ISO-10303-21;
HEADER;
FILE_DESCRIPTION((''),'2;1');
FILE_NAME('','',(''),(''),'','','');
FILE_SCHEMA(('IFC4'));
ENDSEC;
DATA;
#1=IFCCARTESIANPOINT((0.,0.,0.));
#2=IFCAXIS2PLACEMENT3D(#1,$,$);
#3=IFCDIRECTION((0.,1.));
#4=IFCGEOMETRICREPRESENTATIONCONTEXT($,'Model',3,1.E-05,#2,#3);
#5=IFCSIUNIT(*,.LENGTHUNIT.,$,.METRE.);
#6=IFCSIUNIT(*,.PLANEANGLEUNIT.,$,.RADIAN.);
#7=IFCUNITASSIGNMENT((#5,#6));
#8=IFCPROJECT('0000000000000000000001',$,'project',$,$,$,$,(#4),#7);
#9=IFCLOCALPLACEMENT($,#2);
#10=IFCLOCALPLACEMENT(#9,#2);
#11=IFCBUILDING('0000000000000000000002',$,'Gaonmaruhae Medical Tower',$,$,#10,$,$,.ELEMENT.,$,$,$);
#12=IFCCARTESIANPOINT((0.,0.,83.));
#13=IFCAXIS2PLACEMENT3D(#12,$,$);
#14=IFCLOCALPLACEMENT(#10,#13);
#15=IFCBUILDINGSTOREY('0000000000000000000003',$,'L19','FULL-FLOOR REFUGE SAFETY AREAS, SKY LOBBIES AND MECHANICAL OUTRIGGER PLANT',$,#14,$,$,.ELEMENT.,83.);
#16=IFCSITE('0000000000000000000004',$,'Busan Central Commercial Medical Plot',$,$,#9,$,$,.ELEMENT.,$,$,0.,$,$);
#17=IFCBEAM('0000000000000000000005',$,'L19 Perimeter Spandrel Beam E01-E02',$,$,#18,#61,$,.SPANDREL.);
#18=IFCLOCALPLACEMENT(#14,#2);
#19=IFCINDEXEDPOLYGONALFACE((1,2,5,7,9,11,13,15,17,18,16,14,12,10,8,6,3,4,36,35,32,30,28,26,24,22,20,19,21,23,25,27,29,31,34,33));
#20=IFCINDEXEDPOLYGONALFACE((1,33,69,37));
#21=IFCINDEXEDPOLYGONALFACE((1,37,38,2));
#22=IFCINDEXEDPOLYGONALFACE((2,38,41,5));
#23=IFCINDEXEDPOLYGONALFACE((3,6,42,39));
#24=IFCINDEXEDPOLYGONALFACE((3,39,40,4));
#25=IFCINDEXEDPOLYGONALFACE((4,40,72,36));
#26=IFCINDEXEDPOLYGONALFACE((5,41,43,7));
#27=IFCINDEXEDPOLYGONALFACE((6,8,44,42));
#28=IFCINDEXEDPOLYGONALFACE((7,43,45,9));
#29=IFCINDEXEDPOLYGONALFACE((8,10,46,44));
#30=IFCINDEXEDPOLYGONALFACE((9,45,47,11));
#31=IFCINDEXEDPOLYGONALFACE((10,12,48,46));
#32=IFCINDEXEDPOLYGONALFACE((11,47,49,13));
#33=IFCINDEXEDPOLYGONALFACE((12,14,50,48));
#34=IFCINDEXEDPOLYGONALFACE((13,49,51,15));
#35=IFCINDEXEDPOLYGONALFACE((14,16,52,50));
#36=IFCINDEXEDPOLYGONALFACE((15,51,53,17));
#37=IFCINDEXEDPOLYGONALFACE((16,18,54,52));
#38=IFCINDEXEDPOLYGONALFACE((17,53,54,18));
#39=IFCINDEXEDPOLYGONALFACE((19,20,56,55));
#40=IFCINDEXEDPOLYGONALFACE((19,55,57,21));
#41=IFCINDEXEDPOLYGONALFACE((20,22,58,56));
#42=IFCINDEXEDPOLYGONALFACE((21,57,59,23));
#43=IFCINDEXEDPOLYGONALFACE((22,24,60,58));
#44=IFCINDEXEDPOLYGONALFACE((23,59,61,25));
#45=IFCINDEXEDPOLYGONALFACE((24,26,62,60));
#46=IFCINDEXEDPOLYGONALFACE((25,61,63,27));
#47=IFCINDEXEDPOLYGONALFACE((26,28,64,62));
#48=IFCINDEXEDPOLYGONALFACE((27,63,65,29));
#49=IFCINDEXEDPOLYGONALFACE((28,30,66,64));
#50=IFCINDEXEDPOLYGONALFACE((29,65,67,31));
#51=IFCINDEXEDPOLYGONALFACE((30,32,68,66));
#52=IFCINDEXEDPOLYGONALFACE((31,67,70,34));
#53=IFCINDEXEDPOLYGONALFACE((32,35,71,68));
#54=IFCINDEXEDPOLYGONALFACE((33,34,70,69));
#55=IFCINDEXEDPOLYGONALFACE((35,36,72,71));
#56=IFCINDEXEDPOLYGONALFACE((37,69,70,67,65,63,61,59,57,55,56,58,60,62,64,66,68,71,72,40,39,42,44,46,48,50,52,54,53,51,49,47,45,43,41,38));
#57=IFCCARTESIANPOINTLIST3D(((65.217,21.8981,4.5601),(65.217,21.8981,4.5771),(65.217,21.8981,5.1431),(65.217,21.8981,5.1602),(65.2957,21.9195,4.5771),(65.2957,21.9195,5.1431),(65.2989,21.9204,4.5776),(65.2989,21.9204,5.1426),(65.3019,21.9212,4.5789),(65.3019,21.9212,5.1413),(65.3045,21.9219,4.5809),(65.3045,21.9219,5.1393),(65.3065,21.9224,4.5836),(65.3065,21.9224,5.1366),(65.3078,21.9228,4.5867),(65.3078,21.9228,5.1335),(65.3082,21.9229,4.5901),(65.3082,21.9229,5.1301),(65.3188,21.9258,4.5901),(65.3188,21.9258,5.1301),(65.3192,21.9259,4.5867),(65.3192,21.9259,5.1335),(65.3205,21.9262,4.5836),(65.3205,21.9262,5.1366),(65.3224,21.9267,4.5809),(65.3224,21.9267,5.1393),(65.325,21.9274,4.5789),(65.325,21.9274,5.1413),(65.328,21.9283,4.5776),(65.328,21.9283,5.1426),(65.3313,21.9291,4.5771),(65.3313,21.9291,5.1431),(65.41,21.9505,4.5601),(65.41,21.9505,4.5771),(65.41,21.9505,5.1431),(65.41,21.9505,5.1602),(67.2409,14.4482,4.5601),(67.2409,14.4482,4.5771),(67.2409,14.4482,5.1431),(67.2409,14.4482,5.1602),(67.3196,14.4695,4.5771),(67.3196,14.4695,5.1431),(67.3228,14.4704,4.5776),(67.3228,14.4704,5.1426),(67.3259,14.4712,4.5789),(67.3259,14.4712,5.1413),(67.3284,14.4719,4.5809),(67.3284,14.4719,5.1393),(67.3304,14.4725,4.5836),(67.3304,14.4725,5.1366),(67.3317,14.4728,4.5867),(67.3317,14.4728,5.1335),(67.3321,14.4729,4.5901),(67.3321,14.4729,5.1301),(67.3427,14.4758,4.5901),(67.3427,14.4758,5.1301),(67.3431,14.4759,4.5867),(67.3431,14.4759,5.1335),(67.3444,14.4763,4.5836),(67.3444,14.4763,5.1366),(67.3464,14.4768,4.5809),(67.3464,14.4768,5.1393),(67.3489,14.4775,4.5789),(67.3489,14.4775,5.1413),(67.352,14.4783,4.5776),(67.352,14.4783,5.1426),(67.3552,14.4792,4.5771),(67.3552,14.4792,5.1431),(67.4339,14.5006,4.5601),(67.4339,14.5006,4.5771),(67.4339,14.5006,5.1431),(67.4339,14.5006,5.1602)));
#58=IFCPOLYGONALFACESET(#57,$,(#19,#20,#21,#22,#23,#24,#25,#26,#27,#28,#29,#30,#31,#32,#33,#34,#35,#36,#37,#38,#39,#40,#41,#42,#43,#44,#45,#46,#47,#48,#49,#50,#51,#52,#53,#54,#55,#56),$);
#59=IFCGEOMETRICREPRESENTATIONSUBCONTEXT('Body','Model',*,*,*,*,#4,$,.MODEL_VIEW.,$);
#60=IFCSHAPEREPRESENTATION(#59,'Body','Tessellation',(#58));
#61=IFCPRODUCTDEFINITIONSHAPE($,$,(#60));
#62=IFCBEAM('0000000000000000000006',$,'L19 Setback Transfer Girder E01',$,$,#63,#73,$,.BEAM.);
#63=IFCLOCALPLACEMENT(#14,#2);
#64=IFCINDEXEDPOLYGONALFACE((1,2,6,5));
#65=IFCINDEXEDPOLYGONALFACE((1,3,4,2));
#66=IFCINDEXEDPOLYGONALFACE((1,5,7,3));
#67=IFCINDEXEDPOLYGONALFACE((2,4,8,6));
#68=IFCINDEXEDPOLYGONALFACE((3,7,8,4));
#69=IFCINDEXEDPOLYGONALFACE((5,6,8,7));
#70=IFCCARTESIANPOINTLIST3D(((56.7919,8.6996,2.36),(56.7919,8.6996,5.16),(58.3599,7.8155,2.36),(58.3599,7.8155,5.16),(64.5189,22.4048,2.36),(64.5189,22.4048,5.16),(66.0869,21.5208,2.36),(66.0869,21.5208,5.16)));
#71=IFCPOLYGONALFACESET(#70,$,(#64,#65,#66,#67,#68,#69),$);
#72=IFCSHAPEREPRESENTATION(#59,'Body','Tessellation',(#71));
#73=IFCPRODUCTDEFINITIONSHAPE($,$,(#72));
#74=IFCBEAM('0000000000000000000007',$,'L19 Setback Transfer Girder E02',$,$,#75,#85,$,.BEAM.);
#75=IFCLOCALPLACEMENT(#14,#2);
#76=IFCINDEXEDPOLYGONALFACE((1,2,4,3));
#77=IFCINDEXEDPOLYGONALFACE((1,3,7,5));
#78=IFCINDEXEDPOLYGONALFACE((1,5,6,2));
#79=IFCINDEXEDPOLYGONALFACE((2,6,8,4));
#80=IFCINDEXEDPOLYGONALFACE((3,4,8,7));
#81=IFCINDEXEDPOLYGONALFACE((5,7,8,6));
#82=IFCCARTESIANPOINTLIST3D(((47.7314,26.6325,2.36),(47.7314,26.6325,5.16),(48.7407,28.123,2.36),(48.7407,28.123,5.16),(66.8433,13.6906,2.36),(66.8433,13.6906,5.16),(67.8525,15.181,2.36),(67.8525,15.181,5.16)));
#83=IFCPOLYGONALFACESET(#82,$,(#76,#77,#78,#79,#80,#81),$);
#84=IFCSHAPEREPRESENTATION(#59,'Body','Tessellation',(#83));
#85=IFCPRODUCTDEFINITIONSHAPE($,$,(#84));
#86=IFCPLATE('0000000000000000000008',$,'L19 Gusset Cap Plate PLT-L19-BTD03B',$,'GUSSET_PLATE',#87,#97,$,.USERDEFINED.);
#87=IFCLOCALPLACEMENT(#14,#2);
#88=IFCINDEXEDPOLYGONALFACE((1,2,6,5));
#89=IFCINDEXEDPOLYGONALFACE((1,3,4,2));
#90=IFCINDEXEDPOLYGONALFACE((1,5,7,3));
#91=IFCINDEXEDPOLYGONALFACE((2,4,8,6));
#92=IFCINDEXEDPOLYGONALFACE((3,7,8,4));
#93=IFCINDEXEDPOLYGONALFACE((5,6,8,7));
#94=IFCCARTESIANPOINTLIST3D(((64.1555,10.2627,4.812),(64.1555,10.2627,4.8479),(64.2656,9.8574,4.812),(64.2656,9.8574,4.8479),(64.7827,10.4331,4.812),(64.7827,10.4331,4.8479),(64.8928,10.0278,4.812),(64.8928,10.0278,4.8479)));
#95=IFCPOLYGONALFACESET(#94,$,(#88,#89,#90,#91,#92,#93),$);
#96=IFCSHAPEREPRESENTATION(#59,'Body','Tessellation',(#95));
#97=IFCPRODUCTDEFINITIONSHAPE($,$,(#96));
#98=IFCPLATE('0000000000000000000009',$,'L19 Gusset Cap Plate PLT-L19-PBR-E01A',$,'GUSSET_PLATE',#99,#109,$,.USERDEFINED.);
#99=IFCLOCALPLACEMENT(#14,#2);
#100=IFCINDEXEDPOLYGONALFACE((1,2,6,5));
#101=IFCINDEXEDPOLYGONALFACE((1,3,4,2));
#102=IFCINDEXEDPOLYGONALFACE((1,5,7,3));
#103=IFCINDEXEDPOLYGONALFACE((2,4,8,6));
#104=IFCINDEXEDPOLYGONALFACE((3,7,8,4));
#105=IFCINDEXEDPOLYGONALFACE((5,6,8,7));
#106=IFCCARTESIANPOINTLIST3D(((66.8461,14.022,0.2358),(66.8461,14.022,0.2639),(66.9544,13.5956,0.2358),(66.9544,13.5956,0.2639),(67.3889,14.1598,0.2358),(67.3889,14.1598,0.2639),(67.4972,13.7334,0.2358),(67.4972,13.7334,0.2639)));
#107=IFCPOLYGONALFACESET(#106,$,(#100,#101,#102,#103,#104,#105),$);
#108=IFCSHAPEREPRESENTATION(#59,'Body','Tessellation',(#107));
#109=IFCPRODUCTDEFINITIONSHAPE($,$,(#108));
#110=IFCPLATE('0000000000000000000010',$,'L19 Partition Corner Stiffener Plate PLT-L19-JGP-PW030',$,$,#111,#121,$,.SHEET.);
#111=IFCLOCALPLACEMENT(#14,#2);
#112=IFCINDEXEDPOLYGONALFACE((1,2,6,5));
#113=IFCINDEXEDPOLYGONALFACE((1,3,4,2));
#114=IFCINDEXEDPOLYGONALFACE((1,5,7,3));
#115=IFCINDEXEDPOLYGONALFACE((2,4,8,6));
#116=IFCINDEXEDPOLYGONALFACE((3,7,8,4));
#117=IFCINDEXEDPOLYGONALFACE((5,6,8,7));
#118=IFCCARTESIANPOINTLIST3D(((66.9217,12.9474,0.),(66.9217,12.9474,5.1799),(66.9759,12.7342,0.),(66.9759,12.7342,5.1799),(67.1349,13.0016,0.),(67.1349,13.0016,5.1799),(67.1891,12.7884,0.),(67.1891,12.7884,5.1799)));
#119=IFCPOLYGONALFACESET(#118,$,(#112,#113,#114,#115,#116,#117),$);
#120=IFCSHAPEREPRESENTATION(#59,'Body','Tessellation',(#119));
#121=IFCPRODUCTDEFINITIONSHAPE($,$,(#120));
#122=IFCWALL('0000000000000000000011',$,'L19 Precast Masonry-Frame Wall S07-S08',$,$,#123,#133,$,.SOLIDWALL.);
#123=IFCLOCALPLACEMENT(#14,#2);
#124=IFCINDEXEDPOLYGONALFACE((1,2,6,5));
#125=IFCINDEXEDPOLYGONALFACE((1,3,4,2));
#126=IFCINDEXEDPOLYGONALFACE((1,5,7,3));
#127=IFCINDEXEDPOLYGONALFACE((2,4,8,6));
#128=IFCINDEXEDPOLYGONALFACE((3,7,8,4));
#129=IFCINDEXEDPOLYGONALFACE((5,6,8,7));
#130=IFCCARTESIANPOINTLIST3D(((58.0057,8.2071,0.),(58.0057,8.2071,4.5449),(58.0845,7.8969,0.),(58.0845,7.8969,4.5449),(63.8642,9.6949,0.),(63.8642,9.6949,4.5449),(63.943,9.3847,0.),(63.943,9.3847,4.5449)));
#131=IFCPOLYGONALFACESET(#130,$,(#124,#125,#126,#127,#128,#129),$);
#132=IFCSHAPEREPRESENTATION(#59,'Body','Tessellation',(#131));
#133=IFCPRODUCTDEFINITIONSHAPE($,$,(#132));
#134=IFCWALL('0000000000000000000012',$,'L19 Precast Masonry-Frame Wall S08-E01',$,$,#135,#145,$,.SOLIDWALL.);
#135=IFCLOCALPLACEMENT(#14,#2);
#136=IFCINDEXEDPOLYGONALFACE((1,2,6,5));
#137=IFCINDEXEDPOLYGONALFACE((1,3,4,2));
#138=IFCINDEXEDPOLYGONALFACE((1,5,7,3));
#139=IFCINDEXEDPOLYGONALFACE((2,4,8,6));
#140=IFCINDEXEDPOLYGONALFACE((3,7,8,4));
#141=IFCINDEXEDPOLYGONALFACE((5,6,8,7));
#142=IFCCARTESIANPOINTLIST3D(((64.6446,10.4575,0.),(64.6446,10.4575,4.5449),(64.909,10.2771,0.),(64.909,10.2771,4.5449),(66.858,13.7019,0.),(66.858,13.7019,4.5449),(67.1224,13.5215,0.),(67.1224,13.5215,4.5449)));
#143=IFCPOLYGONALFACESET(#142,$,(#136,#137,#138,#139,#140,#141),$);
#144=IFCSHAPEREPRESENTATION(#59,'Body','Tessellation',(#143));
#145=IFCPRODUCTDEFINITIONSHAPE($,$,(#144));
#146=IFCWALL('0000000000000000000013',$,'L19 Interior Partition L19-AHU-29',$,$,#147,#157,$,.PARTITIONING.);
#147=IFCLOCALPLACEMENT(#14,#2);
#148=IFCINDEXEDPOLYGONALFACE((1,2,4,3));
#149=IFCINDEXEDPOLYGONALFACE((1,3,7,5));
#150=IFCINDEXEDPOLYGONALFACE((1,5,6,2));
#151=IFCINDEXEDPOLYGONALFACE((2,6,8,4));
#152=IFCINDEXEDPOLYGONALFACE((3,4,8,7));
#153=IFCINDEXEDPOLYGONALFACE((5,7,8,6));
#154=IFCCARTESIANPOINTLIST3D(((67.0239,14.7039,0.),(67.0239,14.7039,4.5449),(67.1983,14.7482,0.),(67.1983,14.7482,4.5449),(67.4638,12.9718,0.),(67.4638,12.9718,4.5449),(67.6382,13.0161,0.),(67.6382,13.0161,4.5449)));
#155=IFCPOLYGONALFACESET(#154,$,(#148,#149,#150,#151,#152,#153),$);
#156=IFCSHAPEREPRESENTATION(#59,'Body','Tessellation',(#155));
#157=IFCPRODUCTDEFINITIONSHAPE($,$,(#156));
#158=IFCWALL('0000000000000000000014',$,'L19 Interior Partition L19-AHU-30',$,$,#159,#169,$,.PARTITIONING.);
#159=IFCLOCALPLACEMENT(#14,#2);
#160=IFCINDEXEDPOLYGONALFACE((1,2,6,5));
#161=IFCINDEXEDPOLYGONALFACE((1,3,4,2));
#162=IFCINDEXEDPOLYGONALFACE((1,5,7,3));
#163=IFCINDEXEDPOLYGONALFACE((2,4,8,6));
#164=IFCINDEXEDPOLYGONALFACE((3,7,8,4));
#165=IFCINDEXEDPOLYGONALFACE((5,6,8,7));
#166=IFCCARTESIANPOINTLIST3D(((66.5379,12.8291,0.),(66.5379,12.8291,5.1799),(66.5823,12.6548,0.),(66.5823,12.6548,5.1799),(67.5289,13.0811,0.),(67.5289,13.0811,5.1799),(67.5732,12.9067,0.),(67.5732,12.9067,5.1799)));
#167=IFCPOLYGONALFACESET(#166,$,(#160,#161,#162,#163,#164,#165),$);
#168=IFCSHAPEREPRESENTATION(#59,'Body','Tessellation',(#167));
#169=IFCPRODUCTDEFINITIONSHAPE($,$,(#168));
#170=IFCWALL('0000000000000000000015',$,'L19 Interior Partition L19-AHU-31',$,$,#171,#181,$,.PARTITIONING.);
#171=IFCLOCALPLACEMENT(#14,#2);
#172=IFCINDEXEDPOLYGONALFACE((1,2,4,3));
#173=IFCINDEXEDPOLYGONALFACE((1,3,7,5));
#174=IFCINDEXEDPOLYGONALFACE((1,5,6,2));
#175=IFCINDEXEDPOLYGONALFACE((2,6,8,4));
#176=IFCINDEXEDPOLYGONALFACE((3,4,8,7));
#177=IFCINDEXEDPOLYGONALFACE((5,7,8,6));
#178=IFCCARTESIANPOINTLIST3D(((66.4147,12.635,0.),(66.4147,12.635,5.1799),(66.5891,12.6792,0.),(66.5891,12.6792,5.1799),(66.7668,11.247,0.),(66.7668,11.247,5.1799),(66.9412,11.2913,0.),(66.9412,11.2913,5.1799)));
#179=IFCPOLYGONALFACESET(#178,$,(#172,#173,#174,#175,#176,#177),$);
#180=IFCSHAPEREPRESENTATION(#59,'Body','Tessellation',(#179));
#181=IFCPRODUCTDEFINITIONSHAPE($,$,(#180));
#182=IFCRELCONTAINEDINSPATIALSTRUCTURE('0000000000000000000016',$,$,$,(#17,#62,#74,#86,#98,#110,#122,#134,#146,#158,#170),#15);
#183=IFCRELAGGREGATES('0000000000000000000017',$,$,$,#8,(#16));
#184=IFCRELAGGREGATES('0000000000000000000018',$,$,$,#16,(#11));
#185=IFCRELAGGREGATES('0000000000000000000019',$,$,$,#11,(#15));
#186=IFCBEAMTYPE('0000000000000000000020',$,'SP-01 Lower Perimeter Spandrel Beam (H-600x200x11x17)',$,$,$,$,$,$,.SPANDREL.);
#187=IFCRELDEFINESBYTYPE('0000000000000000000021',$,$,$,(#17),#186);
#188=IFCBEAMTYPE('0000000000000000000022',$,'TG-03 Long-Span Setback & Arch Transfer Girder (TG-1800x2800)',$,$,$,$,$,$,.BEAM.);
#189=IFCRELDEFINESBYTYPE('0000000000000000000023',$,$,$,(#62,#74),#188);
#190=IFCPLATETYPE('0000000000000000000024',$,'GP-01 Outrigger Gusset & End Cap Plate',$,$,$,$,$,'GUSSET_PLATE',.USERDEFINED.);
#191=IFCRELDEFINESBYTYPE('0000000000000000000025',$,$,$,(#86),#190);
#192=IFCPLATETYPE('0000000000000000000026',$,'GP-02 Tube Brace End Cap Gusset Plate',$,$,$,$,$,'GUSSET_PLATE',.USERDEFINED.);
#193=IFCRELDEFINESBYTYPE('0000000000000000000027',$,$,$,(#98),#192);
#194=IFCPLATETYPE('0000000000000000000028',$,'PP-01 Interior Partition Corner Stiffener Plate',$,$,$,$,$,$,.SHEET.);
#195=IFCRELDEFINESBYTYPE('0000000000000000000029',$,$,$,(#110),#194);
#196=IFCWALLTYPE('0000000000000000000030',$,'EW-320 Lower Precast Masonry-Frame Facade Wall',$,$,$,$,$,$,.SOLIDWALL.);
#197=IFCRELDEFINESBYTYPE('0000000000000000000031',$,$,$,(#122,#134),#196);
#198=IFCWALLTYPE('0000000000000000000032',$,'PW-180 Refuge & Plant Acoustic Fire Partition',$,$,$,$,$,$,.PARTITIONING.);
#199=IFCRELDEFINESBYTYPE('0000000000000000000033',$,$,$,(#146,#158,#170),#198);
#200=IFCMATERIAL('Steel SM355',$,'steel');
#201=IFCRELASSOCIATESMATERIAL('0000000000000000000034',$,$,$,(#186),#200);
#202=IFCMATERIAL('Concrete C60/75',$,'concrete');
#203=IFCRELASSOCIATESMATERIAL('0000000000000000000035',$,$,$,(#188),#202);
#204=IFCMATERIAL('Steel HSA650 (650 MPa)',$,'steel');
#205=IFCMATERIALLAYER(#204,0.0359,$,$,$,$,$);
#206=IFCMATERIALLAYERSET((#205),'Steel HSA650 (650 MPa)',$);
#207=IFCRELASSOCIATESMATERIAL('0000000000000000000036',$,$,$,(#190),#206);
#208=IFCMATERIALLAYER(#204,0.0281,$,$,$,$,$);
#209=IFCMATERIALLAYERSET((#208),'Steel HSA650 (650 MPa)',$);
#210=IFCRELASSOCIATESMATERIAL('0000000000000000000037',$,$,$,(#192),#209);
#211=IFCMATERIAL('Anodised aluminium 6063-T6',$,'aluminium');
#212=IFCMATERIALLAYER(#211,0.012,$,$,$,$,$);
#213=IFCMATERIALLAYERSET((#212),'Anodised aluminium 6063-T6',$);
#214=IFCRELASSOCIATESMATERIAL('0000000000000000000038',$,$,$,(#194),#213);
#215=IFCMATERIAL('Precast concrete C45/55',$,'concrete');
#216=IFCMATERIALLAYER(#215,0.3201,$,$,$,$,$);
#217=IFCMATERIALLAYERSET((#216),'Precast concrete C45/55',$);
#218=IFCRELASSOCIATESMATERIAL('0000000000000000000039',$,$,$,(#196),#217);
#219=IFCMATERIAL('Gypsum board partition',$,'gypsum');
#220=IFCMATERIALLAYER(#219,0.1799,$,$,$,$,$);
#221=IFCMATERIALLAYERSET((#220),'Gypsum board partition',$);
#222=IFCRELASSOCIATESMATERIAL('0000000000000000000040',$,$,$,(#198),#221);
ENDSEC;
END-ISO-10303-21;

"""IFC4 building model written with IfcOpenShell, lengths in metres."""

from ifc_helpers import new_model, si_unit, direction, frame, frame_2d, origin, origin_2d, place, context, subcontext, project, spatial, rectangle, i_section, extrude, material, layer, layer_set, material_profile, profile_set, type_object, element, save


model = new_model("IFC4")

# Units and contexts
model_context = context("Model", 3, precision=1e-05, world=origin(), true_north=direction((0.0, 1.0)))
body_context = subcontext(model_context, "Body", "Model", "MODEL_VIEW")
ifc_project = project(units=[si_unit("LENGTHUNIT", "METRE"), si_unit("PLANEANGLEUNIT", "RADIAN")], contexts=[model_context])

# Site, building, storey
site_placement = place(None, origin())
site = spatial("IfcSite", under=ifc_project, at=site_placement, Name="Busan Central Commercial Medical Plot", CompositionType="ELEMENT", RefElevation=0.0)
building_placement = place(site_placement, origin())
building = spatial("IfcBuilding", under=site, at=building_placement, Name="Gaonmaruhae Medical Tower", CompositionType="ELEMENT")
storey_placement = place(building_placement, frame((0.0, 0.0, 83.0)))
storey = spatial("IfcBuildingStorey", under=building, at=storey_placement, Name="L19", Description="FULL-FLOOR REFUGE SAFETY AREAS, SKY LOBBIES AND MECHANICAL OUTRIGGER PLANT", CompositionType="ELEMENT", Elevation=83.0)

# Shared definitions
ifc_material_1 = material(Name="Concrete C60/75", Category="concrete")

# Beams
ifc_material_2 = material(Name="Steel SM355", Category="steel")
ifc_material_profile_1 = material_profile(ifc_material_2, i_section(OverallWidth=0.2, OverallDepth=0.6001, WebThickness=0.011, FlangeThickness=0.0171, FilletRadius=0.0129, at=origin_2d()), Name="H-600x200x11x17")
ifc_profile_set_1 = profile_set([ifc_material_profile_1], Name="Steel SM355")
beam_type_1 = type_object("IfcBeamType", Name="SP-01 Lower Perimeter Spandrel Beam (H-600x200x11x17)", PredefinedType="SPANDREL", material=ifc_profile_set_1)
beam_1_placement = place(storey_placement, frame((67.3374, 14.4744, 4.8601), z_axis=(-0.262167, 0.965022, 0.0), x_axis=(-0.965022, -0.262167, 0.0)))
element("IfcBeam", 1, at=beam_1_placement, inside=storey, type_object=beam_type_1, Name="L19 Perimeter Spandrel Beam E01-E02", PredefinedType="SPANDREL", context=body_context, shape_type="SweptSolid", body=[
    extrude(i_section(OverallWidth=0.2, OverallDepth=0.6001, WebThickness=0.011, FlangeThickness=0.0171, FilletRadius=0.0129, at=origin_2d()), origin(), (0.0, 0.0, 1.0), 7.72),
])
ifc_material_profile_2 = material_profile(ifc_material_1, rectangle(XDim=1.8, YDim=2.8, at=origin_2d()), Name="TG-1800x2800")
ifc_profile_set_2 = profile_set([ifc_material_profile_2], Name="Concrete C60/75")
beam_type_2 = type_object("IfcBeamType", Name="TG-03 Long-Span Setback & Arch Transfer Girder (TG-1800x2800)", PredefinedType="BEAM", material=ifc_profile_set_2)
beam_2_placement = place(storey_placement, frame((57.5759, 8.2576, 3.76), z_axis=(0.491121, 0.871091, 0.0), x_axis=(-0.871091, 0.491121, 0.0)))
element("IfcBeam", 2, at=beam_2_placement, inside=storey, type_object=beam_type_2, Name="L19 Setback Transfer Girder E01", PredefinedType="BEAM", context=body_context, shape_type="SweptSolid", body=[
    extrude(rectangle(XDim=1.8, YDim=2.8, at=origin_2d()), origin(), (0.0, 0.0, 1.0), 15.7334),
])
beam_3_placement = place(storey_placement, frame((67.3479, 14.4358, 3.76), z_axis=(-0.828016, 0.560705, 0.0), x_axis=(-0.560705, -0.828016, 0.0)))
element("IfcBeam", 3, at=beam_3_placement, inside=storey, type_object=beam_type_2, Name="L19 Setback Transfer Girder E02", PredefinedType="BEAM", context=body_context, shape_type="SweptSolid", body=[
    extrude(rectangle(XDim=1.8, YDim=2.8, at=origin_2d()), origin(), (0.0, 0.0, 1.0), 23.0815),
])

# Plates
ifc_material_3 = material(Name="Steel HSA650 (650 MPa)", Category="steel")
ifc_layer_1 = layer(ifc_material_3, 0.0359)
ifc_layer_set_1 = layer_set([ifc_layer_1], Name="Steel HSA650 (650 MPa)")
plate_type_1 = type_object("IfcPlateType", Name="GP-01 Outrigger Gusset & End Cap Plate", ElementType="GUSSET_PLATE", PredefinedType="USERDEFINED", material=ifc_layer_set_1)
plate_1_placement = place(storey_placement, frame((64.5242, 10.1453, 4.812), z_axis=(0.0, 0.0, 1.0), x_axis=(0.965016, 0.262189, 0.0)))
element("IfcPlate", 4, at=plate_1_placement, inside=storey, type_object=plate_type_1, Name="L19 Gusset Cap Plate PLT-L19-BTD03B", ObjectType="GUSSET_PLATE", PredefinedType="USERDEFINED", context=body_context, shape_type="SweptSolid", body=[
    extrude(rectangle(XDim=0.6499, YDim=0.4199, at=origin_2d()), origin(), (0.0, 0.0, 1.0), 0.0359),
])
ifc_layer_2 = layer(ifc_material_3, 0.0281)
ifc_layer_set_2 = layer_set([ifc_layer_2], Name="Steel HSA650 (650 MPa)")
plate_type_2 = type_object("IfcPlateType", Name="GP-02 Tube Brace End Cap Gusset Plate", ElementType="GUSSET_PLATE", PredefinedType="USERDEFINED", material=ifc_layer_set_2)
plate_2_placement = place(storey_placement, frame((67.1716, 13.8777, 0.2358), z_axis=(0.0, 0.0, 1.0), x_axis=(0.969231, 0.246153, 0.0)))
element("IfcPlate", 5, at=plate_2_placement, inside=storey, type_object=plate_type_2, Name="L19 Gusset Cap Plate PLT-L19-PBR-E01A", ObjectType="GUSSET_PLATE", PredefinedType="USERDEFINED", context=body_context, shape_type="SweptSolid", body=[
    extrude(rectangle(XDim=0.5601, YDim=0.4399, at=origin_2d()), origin(), (0.0, 0.0, 1.0), 0.0281),
])
ifc_material_4 = material(Name="Anodised aluminium 6063-T6", Category="aluminium")
ifc_layer_3 = layer(ifc_material_4, 0.012)
ifc_layer_set_3 = layer_set([ifc_layer_3], Name="Anodised aluminium 6063-T6")
plate_type_3 = type_object("IfcPlateType", Name="PP-01 Interior Partition Corner Stiffener Plate", PredefinedType="SHEET", material=ifc_layer_set_3)
plate_3_placement = place(storey_placement, frame((67.0554, 12.8679, 0.0), z_axis=(0.0, 0.0, 1.0), x_axis=(-0.969158, -0.246441, 0.0)))
element("IfcPlate", 6, at=plate_3_placement, inside=storey, type_object=plate_type_3, Name="L19 Partition Corner Stiffener Plate PLT-L19-JGP-PW030", PredefinedType="SHEET", context=body_context, shape_type="SweptSolid", body=[
    extrude(rectangle(XDim=0.22, YDim=0.22, at=origin_2d()), origin(), (0.0, 0.0, 1.0), 5.1799),
])

# Walls
ifc_material_5 = material(Name="Precast concrete C45/55", Category="concrete")
ifc_layer_4 = layer(ifc_material_5, 0.3201)
ifc_layer_set_4 = layer_set([ifc_layer_4], Name="Precast concrete C45/55")
wall_type_1 = type_object("IfcWallType", Name="EW-320 Lower Precast Masonry-Frame Facade Wall", PredefinedType="SOLIDWALL", material=ifc_layer_set_4)
wall_1_placement = place(storey_placement, frame((63.9036, 9.5398, 0.0), z_axis=(0.0, 0.0, 1.0), x_axis=(-0.969233, -0.246145, 0.0)))
element("IfcWall", 7, at=wall_1_placement, inside=storey, type_object=wall_type_1, Name="L19 Precast Masonry-Frame Wall S07-S08", PredefinedType="SOLIDWALL", context=body_context, shape_type="SweptSolid", body=[
    extrude(rectangle(XDim=6.0444, YDim=0.3201, at=frame_2d((3.0222, 0.0))), origin(), (0.0, 0.0, 1.0), 4.5449),
])
wall_2_placement = place(storey_placement, frame((66.9902, 13.6118, 0.0), z_axis=(0.0, 0.0, 1.0), x_axis=(-0.563562, -0.826073, 0.0)))
element("IfcWall", 8, at=wall_2_placement, inside=storey, type_object=wall_type_1, Name="L19 Precast Masonry-Frame Wall S08-E01", PredefinedType="SOLIDWALL", context=body_context, shape_type="SweptSolid", body=[
    extrude(rectangle(XDim=3.9275, YDim=0.3201, at=frame_2d((1.9639, 0.0))), origin(), (0.0, 0.0, 1.0), 4.5449),
])
ifc_material_6 = material(Name="Gypsum board partition", Category="gypsum")
ifc_layer_5 = layer(ifc_material_6, 0.1799)
ifc_layer_set_5 = layer_set([ifc_layer_5], Name="Gypsum board partition")
wall_type_2 = type_object("IfcWallType", Name="PW-180 Refuge & Plant Acoustic Fire Partition", PredefinedType="PARTITIONING", material=ifc_layer_set_5)
wall_3_placement = place(storey_placement, frame((67.1111, 14.7261, 0.0), z_axis=(0.0, 0.0, 1.0), x_axis=(0.246166, -0.969228, 0.0)))
element("IfcWall", 9, at=wall_3_placement, inside=storey, type_object=wall_type_2, Name="L19 Interior Partition L19-AHU-29", PredefinedType="PARTITIONING", context=body_context, shape_type="SweptSolid", body=[
    extrude(rectangle(XDim=1.7871, YDim=0.1799, at=frame_2d((0.8936, 0.0))), origin(), (0.0, 0.0, 1.0), 4.5449),
])
wall_4_placement = place(storey_placement, frame((67.551, 12.9939, 0.0), z_axis=(0.0, 0.0, 1.0), x_axis=(-0.969166, -0.24641, 0.0)))
element("IfcWall", 10, at=wall_4_placement, inside=storey, type_object=wall_type_2, Name="L19 Interior Partition L19-AHU-30", PredefinedType="PARTITIONING", context=body_context, shape_type="SweptSolid", body=[
    extrude(rectangle(XDim=1.0225, YDim=0.1799, at=frame_2d((0.5112, 0.0))), origin(), (0.0, 0.0, 1.0), 5.1799),
])
wall_5_placement = place(storey_placement, frame((66.502, 12.657, 0.0), z_axis=(0.0, 0.0, 1.0), x_axis=(0.245864, -0.969304, 0.0)))
element("IfcWall", 11, at=wall_5_placement, inside=storey, type_object=wall_type_2, Name="L19 Interior Partition L19-AHU-31", PredefinedType="PARTITIONING", context=body_context, shape_type="SweptSolid", body=[
    extrude(rectangle(XDim=1.4319, YDim=0.1799, at=frame_2d((0.7158, 0.0))), origin(), (0.0, 0.0, 1.0), 5.1799),
])

save(model, "model.ifc")
